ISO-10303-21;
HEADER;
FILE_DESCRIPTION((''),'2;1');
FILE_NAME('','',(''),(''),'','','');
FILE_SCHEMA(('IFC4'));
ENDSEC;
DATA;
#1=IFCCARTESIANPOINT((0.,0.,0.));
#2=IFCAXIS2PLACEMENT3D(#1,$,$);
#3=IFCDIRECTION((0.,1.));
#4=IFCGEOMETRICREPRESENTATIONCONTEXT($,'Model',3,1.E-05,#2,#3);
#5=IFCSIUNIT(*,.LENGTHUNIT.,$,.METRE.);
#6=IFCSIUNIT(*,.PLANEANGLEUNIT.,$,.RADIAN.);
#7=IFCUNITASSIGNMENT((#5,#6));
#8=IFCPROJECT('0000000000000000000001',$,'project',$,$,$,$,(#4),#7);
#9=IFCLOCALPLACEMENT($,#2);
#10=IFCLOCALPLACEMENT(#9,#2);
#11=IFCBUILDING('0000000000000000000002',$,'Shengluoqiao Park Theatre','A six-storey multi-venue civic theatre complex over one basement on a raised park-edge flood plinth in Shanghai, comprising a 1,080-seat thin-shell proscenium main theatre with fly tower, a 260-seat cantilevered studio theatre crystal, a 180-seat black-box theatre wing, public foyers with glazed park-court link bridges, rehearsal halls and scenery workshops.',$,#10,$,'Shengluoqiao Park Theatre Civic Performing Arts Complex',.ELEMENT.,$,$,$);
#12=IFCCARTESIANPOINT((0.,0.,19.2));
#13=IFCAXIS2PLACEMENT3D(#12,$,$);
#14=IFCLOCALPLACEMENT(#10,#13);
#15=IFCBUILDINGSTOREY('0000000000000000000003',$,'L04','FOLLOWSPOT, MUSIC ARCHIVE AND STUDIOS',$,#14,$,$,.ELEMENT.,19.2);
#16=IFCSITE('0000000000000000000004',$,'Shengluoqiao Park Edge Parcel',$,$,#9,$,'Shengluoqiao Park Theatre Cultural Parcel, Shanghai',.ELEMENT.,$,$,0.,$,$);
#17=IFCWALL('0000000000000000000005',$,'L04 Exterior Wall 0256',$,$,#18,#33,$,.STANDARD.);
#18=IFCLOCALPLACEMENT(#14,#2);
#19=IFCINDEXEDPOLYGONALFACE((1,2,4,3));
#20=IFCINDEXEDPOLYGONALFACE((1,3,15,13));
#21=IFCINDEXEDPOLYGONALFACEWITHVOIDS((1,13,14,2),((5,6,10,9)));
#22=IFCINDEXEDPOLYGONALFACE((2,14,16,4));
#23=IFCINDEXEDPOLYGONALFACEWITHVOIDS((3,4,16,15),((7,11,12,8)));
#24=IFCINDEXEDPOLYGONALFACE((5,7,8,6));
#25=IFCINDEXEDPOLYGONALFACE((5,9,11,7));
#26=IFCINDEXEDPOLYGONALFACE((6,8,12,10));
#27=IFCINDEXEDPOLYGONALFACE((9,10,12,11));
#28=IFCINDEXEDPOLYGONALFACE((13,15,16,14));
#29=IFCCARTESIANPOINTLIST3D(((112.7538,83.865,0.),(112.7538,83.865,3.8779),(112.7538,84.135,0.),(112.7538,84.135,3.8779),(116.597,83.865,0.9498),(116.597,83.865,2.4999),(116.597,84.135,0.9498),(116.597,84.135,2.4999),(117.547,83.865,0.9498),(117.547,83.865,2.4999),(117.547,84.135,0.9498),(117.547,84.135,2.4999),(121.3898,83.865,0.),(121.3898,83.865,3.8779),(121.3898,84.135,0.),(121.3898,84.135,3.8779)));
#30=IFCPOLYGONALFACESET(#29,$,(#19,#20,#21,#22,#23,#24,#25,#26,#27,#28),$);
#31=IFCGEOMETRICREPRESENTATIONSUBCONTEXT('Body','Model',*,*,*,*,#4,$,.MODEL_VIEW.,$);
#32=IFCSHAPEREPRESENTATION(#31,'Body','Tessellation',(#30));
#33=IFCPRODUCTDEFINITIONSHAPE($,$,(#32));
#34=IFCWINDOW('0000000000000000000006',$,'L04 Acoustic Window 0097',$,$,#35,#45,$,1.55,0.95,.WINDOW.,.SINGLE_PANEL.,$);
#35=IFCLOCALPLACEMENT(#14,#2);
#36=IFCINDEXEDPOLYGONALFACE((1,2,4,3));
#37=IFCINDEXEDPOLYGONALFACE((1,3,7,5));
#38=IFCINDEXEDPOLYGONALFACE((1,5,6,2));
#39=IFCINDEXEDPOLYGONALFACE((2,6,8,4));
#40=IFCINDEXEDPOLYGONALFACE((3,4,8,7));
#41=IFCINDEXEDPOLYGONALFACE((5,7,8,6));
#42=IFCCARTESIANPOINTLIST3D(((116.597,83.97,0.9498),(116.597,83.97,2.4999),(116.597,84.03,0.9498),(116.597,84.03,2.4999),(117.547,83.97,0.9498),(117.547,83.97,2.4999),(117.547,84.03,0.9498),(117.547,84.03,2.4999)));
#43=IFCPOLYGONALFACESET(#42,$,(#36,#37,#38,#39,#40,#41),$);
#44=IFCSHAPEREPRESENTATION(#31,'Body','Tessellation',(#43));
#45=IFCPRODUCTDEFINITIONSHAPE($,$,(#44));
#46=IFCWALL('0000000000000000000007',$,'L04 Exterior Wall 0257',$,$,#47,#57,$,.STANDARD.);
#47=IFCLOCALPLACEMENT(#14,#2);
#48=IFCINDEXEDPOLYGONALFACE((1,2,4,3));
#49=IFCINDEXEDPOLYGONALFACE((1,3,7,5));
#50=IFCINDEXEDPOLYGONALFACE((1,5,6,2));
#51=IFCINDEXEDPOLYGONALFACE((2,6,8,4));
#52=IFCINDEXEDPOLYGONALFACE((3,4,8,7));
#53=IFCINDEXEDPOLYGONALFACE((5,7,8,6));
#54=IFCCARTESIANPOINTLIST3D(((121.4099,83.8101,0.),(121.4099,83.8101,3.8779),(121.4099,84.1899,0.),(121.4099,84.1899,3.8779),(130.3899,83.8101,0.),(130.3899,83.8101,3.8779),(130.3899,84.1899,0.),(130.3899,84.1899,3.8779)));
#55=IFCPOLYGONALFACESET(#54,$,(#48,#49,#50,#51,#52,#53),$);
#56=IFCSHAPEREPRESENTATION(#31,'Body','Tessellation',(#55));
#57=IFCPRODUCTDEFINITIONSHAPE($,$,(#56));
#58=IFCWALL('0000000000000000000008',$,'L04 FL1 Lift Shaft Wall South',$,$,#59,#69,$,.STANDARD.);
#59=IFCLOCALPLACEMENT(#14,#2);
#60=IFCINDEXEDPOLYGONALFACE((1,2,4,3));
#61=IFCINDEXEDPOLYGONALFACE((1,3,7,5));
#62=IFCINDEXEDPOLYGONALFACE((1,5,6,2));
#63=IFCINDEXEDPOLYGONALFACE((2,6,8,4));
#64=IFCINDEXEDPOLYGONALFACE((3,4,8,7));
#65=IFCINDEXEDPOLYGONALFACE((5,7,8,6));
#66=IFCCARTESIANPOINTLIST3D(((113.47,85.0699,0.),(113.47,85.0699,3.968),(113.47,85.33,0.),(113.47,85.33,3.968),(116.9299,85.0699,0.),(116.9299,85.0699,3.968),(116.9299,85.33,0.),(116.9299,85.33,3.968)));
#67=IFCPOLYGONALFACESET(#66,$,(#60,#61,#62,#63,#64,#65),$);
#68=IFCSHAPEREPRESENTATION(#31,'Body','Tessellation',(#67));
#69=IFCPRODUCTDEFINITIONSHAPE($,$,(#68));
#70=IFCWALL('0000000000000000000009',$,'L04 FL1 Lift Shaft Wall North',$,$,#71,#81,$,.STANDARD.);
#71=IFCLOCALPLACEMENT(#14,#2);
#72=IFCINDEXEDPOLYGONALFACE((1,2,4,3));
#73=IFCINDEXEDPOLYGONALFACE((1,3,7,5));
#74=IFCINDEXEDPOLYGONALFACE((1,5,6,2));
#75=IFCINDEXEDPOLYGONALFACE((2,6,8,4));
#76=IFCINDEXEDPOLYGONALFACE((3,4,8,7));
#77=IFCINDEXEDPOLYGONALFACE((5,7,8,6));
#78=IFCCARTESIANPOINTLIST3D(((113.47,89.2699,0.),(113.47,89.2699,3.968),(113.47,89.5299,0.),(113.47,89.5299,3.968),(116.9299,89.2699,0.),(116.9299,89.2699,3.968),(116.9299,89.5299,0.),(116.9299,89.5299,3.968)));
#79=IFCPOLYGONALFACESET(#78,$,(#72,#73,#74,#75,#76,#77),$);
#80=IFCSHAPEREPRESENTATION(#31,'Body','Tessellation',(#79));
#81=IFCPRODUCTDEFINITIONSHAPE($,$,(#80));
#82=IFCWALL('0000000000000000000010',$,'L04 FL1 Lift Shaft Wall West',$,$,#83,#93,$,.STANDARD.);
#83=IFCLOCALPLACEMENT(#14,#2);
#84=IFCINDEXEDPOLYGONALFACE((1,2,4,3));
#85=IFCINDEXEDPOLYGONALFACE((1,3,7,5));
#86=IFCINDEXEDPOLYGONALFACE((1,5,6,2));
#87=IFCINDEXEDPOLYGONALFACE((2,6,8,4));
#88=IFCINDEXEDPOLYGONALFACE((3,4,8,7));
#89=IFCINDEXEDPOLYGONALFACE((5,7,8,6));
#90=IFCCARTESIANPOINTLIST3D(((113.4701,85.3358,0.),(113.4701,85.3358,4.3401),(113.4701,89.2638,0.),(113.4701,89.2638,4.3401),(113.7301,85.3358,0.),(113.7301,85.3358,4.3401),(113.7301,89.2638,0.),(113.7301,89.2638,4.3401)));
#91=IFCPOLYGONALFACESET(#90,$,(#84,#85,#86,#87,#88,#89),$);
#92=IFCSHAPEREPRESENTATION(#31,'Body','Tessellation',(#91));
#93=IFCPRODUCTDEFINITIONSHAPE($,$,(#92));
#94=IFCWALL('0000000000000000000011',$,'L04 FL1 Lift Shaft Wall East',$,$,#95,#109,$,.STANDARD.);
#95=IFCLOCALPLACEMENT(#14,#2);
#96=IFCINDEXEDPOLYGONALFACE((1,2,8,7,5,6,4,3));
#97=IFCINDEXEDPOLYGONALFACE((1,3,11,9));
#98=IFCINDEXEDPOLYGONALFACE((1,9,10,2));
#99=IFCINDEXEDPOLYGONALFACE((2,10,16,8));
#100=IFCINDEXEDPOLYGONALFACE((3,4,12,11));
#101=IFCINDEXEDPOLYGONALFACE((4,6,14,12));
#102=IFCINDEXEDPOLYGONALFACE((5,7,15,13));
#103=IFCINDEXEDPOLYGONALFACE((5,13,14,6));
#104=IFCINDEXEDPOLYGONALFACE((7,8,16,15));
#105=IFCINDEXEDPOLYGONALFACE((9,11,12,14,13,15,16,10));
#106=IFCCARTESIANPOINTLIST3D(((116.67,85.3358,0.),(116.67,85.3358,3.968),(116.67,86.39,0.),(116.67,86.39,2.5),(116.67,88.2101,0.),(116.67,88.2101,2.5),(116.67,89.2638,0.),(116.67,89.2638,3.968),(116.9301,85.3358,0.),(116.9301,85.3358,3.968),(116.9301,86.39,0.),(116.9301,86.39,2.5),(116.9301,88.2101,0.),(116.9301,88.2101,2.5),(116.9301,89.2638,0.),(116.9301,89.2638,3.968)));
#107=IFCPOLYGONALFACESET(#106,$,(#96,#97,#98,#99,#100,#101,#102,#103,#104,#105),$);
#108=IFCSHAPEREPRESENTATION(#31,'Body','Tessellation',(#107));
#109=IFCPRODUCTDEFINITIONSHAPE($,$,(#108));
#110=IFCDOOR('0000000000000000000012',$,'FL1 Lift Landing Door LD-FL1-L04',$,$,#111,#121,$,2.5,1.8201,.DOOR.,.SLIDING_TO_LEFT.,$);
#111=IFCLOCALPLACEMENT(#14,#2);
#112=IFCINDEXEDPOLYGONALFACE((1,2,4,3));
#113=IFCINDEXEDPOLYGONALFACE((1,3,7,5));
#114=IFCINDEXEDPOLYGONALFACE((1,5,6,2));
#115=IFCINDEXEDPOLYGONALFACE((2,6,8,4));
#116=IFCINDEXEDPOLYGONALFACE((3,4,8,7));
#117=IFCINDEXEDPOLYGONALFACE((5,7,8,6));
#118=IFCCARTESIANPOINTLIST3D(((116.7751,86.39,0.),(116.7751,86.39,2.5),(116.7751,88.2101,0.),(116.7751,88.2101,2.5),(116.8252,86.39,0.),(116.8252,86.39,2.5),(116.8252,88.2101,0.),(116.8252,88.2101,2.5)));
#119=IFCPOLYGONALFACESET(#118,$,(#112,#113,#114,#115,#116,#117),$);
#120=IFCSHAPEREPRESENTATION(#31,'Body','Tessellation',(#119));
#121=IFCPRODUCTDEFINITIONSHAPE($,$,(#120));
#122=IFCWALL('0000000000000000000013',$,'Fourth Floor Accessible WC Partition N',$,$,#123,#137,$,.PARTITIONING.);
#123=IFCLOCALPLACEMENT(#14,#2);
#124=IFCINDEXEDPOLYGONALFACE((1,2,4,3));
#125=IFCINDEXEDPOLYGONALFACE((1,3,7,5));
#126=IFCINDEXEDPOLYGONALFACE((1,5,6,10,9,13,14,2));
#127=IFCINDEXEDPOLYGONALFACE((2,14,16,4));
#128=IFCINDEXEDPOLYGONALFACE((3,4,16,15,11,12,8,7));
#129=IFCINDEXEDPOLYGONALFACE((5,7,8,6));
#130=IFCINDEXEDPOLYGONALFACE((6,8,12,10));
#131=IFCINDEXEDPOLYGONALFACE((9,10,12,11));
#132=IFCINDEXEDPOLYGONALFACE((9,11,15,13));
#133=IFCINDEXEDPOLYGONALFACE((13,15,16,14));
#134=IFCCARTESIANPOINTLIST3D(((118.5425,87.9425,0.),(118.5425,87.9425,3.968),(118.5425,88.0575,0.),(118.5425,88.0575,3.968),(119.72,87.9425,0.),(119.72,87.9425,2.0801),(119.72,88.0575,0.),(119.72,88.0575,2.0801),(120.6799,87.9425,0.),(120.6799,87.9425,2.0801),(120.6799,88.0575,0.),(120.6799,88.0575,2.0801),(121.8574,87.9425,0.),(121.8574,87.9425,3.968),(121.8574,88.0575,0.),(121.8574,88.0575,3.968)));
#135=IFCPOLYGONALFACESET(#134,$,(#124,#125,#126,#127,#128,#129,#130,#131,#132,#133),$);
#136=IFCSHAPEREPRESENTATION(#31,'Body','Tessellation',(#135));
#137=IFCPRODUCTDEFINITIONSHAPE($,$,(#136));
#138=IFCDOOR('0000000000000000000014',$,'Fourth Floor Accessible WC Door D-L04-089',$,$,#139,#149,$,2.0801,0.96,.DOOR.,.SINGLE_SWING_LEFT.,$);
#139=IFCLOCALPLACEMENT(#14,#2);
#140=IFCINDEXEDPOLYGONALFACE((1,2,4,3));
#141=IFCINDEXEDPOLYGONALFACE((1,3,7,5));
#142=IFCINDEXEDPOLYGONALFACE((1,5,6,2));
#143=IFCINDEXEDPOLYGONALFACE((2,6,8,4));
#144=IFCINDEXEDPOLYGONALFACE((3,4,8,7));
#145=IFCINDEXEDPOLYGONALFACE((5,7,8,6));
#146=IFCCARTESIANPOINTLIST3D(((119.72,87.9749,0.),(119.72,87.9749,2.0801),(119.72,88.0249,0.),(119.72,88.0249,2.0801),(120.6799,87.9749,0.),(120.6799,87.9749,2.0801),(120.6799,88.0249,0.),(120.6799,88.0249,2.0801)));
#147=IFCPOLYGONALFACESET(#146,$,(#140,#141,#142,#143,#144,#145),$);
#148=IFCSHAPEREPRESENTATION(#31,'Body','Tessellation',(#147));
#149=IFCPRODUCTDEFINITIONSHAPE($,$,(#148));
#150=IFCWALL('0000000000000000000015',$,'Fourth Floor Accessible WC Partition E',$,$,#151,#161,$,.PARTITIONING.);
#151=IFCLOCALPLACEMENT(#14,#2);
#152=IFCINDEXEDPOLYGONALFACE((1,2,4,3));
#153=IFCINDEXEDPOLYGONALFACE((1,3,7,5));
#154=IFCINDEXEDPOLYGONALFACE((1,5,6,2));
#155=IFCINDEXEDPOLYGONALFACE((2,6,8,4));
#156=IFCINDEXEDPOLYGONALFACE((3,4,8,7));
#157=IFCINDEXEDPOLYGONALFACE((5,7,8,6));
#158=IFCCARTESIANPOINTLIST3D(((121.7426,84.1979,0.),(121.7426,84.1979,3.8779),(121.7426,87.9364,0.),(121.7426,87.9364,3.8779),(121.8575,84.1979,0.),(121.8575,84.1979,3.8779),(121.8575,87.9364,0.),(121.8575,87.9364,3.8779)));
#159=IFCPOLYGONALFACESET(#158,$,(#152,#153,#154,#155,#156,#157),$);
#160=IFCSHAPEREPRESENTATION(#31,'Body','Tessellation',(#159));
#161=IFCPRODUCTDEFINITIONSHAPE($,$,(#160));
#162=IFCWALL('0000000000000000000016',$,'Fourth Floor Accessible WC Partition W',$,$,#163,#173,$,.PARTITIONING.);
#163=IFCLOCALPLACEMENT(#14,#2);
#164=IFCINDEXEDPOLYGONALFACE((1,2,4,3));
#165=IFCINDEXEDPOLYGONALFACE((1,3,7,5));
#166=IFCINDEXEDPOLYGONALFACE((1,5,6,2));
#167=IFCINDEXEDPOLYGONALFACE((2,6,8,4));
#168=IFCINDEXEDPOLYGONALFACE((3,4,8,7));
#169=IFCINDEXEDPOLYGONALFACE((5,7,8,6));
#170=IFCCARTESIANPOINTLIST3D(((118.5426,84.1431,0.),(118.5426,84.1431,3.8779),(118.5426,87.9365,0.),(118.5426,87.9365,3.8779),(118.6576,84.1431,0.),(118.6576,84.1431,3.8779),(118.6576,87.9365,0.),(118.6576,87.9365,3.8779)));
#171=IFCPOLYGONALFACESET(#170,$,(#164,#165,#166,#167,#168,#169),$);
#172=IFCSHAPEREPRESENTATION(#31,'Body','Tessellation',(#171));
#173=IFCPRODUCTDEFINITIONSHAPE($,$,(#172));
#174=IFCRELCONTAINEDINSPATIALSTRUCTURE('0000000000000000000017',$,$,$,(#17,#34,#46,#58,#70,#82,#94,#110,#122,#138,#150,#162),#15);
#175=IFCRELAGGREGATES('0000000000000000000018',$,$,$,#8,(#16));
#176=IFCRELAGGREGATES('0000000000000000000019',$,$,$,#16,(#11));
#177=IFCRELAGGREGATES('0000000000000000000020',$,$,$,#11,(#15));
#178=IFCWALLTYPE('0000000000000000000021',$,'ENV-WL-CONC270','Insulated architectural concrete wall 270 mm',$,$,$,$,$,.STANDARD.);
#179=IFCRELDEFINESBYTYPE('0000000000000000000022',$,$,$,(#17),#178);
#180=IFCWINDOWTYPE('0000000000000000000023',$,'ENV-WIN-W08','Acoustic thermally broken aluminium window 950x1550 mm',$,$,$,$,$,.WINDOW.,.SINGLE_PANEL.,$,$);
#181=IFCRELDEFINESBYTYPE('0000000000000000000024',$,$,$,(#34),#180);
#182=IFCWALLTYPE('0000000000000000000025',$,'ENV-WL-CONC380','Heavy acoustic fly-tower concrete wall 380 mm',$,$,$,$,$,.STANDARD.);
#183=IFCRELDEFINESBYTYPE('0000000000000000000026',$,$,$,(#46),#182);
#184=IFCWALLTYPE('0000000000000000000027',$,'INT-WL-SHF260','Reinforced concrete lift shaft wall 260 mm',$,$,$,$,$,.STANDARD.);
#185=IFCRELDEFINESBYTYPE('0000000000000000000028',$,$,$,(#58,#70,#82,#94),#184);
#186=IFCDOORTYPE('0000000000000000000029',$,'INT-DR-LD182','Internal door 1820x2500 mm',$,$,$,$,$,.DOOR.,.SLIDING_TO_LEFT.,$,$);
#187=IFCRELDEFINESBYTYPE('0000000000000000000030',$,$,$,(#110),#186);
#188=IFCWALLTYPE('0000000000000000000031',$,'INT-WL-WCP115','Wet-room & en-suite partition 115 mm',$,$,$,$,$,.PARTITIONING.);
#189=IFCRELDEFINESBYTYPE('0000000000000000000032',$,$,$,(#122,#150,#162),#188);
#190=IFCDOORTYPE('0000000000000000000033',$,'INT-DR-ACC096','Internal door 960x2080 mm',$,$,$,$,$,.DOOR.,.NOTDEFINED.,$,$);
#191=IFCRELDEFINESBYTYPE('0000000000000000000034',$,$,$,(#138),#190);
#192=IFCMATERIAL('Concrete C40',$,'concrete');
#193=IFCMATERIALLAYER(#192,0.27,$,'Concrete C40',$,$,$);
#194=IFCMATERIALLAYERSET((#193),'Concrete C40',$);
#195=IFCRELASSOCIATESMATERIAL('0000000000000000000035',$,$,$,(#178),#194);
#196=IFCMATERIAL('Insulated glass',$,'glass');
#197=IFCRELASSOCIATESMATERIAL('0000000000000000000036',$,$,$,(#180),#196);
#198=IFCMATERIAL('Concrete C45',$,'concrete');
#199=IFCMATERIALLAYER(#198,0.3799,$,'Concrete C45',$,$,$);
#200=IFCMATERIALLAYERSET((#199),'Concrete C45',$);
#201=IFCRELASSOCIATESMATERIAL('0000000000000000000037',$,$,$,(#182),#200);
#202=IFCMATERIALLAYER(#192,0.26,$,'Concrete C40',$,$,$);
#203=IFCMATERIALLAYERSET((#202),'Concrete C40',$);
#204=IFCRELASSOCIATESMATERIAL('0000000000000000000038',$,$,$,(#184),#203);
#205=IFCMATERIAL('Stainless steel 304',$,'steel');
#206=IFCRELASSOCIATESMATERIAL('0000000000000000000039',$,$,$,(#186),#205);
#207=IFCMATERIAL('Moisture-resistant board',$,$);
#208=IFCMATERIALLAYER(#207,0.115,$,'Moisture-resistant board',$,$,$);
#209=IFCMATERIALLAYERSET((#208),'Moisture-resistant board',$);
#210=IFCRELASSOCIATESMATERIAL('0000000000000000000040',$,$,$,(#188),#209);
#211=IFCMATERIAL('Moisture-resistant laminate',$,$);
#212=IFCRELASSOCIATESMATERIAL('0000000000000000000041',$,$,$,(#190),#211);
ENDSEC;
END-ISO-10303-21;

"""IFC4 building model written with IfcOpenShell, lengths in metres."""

from ifc_helpers import new_model, si_unit, direction, frame, frame_2d, origin, place, context, subcontext, project, spatial, rectangle, extrude, material, layer, layer_set, type_object, element, fill, save


model = new_model("IFC4")

# Units and contexts
model_context = context("Model", 3, precision=1e-05, world=origin(), true_north=direction((0.0, 1.0)))
body_context = subcontext(model_context, "Body", "Model", "MODEL_VIEW")
ifc_project = project(units=[si_unit("LENGTHUNIT", "METRE"), si_unit("PLANEANGLEUNIT", "RADIAN")], contexts=[model_context])

# Site, building, storey
site_placement = place(None, origin())
site = spatial("IfcSite", under=ifc_project, at=site_placement, Name="Shengluoqiao Park Edge Parcel", LongName="Shengluoqiao Park Theatre Cultural Parcel, Shanghai", CompositionType="ELEMENT", RefElevation=0.0)
building_placement = place(site_placement, origin())
building = spatial("IfcBuilding", under=site, at=building_placement, Name="Shengluoqiao Park Theatre", Description="A six-storey multi-venue civic theatre complex over one basement on a raised park-edge flood plinth in Shanghai, comprising a 1,080-seat thin-shell proscenium main theatre with fly tower, a 260-seat cantilevered studio theatre crystal, a 180-seat black-box theatre wing, public foyers with glazed park-court link bridges, rehearsal halls and scenery workshops.", LongName="Shengluoqiao Park Theatre Civic Performing Arts Complex", CompositionType="ELEMENT")
storey_placement = place(building_placement, frame((0.0, 0.0, 19.2)))
storey = spatial("IfcBuildingStorey", under=building, at=storey_placement, Name="L04", Description="FOLLOWSPOT, MUSIC ARCHIVE AND STUDIOS", CompositionType="ELEMENT", Elevation=19.2)

# Wall, opening, window
ifc_material_1 = material(Name="Concrete C40", Category="concrete")
ifc_layer_1 = layer(ifc_material_1, 0.27, Name="Concrete C40")
ifc_layer_set_1 = layer_set([ifc_layer_1], Name="Concrete C40")
wall_type_1 = type_object("IfcWallType", Name="ENV-WL-CONC270", Description="Insulated architectural concrete wall 270 mm", PredefinedType="STANDARD", material=ifc_layer_set_1)
wall_1_placement = place(storey_placement, frame((112.7539, 84.0, 0.0), z_axis=(0.0, 0.0, 1.0), x_axis=(1.0, 0.0, 0.0)))
wall_1 = element("IfcWall", 1, at=wall_1_placement, inside=storey, type_object=wall_type_1, Name="L04 Exterior Wall 0256", PredefinedType="STANDARD", context=body_context, shape_type="SweptSolid", body=[
    extrude(rectangle(XDim=8.636, YDim=0.27, at=frame_2d((4.3179, 0.0))), origin(), (0.0, 0.0, 1.0), 3.8779),
])
opening_1_placement = place(wall_1_placement, frame((3.843, 0.0, 0.95)))
opening_1 = element("IfcOpeningElement", 2, at=opening_1_placement, cuts=wall_1, PredefinedType="OPENING", context=body_context, shape_type="SweptSolid", body=[
    extrude(rectangle(XDim=0.95, YDim=1.55, at=frame_2d((0.4751, 0.7749))), frame((0.0, 0.145, 0.0), z_axis=(0.0, -1.0, 0.0), x_axis=(1.0, 0.0, 0.0)), (0.0, 0.0, 1.0), 0.29),
])
ifc_material_2 = material(Name="Insulated glass", Category="glass")
window_type = type_object("IfcWindowType", Name="ENV-WIN-W08", Description="Acoustic thermally broken aluminium window 950x1550 mm", PartitioningType="SINGLE_PANEL", PredefinedType="WINDOW", material=ifc_material_2)
window_placement = place(opening_1_placement, origin())
window = element("IfcWindow", 3, at=window_placement, inside=storey, type_object=window_type, Name="L04 Acoustic Window 0097", OverallHeight=1.55, OverallWidth=0.95, PartitioningType="SINGLE_PANEL", PredefinedType="WINDOW", context=body_context, shape_type="SweptSolid", body=[
    extrude(rectangle(XDim=0.95, YDim=1.55, at=frame_2d((0.4751, 0.7749))), frame((0.0, 0.03, 0.0), z_axis=(0.0, -1.0, 0.0), x_axis=(1.0, 0.0, 0.0)), (0.0, 0.0, 1.0), 0.0601),
])
fill(opening_1, window)

# Walls
ifc_material_3 = material(Name="Concrete C45", Category="concrete")
ifc_layer_2 = layer(ifc_material_3, 0.3799, Name="Concrete C45")
ifc_layer_set_2 = layer_set([ifc_layer_2], Name="Concrete C45")
wall_type_2 = type_object("IfcWallType", Name="ENV-WL-CONC380", Description="Heavy acoustic fly-tower concrete wall 380 mm", PredefinedType="STANDARD", material=ifc_layer_set_2)
wall_2_placement = place(storey_placement, frame((121.4099, 84.0, 0.0), z_axis=(0.0, 0.0, 1.0), x_axis=(1.0, 0.0, 0.0)))
element("IfcWall", 4, at=wall_2_placement, inside=storey, type_object=wall_type_2, Name="L04 Exterior Wall 0257", PredefinedType="STANDARD", context=body_context, shape_type="SweptSolid", body=[
    extrude(rectangle(XDim=8.98, YDim=0.3799, at=frame_2d((4.49, 0.0))), origin(), (0.0, 0.0, 1.0), 3.8779),
])
ifc_layer_3 = layer(ifc_material_1, 0.26, Name="Concrete C40")
ifc_layer_set_3 = layer_set([ifc_layer_3], Name="Concrete C40")
wall_type_3 = type_object("IfcWallType", Name="INT-WL-SHF260", Description="Reinforced concrete lift shaft wall 260 mm", PredefinedType="STANDARD", material=ifc_layer_set_3)
for number, where, z_axis, x_axis, name in (
    (5, (113.47, 85.2, 0.0), (0.0, 0.0, 1.0), (1.0, 0.0, 0.0), "L04 FL1 Lift Shaft Wall South"),
    (6, (113.47, 89.3999, 0.0), (0.0, 0.0, 1.0), (1.0, 0.0, 0.0), "L04 FL1 Lift Shaft Wall North"),
):
    element("IfcWall", number, at=place(storey_placement, frame(where, z_axis=z_axis, x_axis=x_axis)), inside=storey, type_object=wall_type_3, Name=name, PredefinedType="STANDARD", context=body_context, shape_type="SweptSolid", body=[
        extrude(rectangle(XDim=3.46, YDim=0.26, at=frame_2d((1.73, 0.0))), origin(), (0.0, 0.0, 1.0), 3.968),
    ])
wall_3_placement = place(storey_placement, frame((113.6001, 85.3359, 0.0), z_axis=(0.0, 0.0, 1.0), x_axis=(0.0, 1.0, 0.0)))
element("IfcWall", 7, at=wall_3_placement, inside=storey, type_object=wall_type_3, Name="L04 FL1 Lift Shaft Wall West", PredefinedType="STANDARD", context=body_context, shape_type="SweptSolid", body=[
    extrude(rectangle(XDim=3.928, YDim=0.26, at=frame_2d((1.9639, 0.0))), origin(), (0.0, 0.0, 1.0), 4.3401),
])

# Walls, openings, doors
wall_4_placement = place(storey_placement, frame((116.8, 85.3359, 0.0), z_axis=(0.0, 0.0, 1.0), x_axis=(0.0, 1.0, 0.0)))
wall_4 = element("IfcWall", 8, at=wall_4_placement, inside=storey, type_object=wall_type_3, Name="L04 FL1 Lift Shaft Wall East", PredefinedType="STANDARD", context=body_context, shape_type="SweptSolid", body=[
    extrude(rectangle(XDim=3.928, YDim=0.26, at=frame_2d((1.9639, 0.0))), origin(), (0.0, 0.0, 1.0), 3.968),
])
opening_2_placement = place(wall_4_placement, frame((1.054, 0.0, 0.0)))
opening_2 = element("IfcOpeningElement", 9, at=opening_2_placement, cuts=wall_4, PredefinedType="OPENING", context=body_context, shape_type="SweptSolid", body=[
    extrude(rectangle(XDim=1.8201, YDim=2.5, at=frame_2d((0.9102, 1.25))), frame((0.0, 0.1399, 0.0), z_axis=(0.0, -1.0, 0.0), x_axis=(1.0, 0.0, 0.0)), (0.0, 0.0, 1.0), 0.28),
])
ifc_material_4 = material(Name="Stainless steel 304", Category="steel")
door_type_1 = type_object("IfcDoorType", Name="INT-DR-LD182", Description="Internal door 1820x2500 mm", OperationType="SLIDING_TO_LEFT", PredefinedType="DOOR", material=ifc_material_4)
door_1_placement = place(opening_2_placement, origin())
door_1 = element("IfcDoor", 10, at=door_1_placement, inside=storey, type_object=door_type_1, Name="FL1 Lift Landing Door LD-FL1-L04", OperationType="SLIDING_TO_LEFT", OverallHeight=2.5, OverallWidth=1.8201, PredefinedType="DOOR", context=body_context, shape_type="SweptSolid", body=[
    extrude(rectangle(XDim=1.8201, YDim=2.5, at=frame_2d((0.9102, 1.25))), frame((0.0, 0.0249, 0.0), z_axis=(0.0, -1.0, 0.0), x_axis=(1.0, 0.0, 0.0)), (0.0, 0.0, 1.0), 0.05),
])
fill(opening_2, door_1)
ifc_material_5 = material(Name="Moisture-resistant board")
ifc_layer_4 = layer(ifc_material_5, 0.115, Name="Moisture-resistant board")
ifc_layer_set_4 = layer_set([ifc_layer_4], Name="Moisture-resistant board")
wall_type_4 = type_object("IfcWallType", Name="INT-WL-WCP115", Description="Wet-room & en-suite partition 115 mm", PredefinedType="PARTITIONING", material=ifc_layer_set_4)
wall_5_placement = place(storey_placement, frame((118.5425, 88.0, 0.0), z_axis=(0.0, 0.0, 1.0), x_axis=(1.0, 0.0, 0.0)))
wall_5 = element("IfcWall", 11, at=wall_5_placement, inside=storey, type_object=wall_type_4, Name="Fourth Floor Accessible WC Partition N", PredefinedType="PARTITIONING", context=body_context, shape_type="SweptSolid", body=[
    extrude(rectangle(XDim=3.3149, YDim=0.115, at=frame_2d((1.6575, 0.0))), origin(), (0.0, 0.0, 1.0), 3.968),
])
opening_3_placement = place(wall_5_placement, frame((1.1775, 0.0, 0.0)))
opening_3 = element("IfcOpeningElement", 12, at=opening_3_placement, cuts=wall_5, PredefinedType="OPENING", context=body_context, shape_type="SweptSolid", body=[
    extrude(rectangle(XDim=0.96, YDim=2.0801, at=frame_2d((0.48, 1.04))), frame((0.0, 0.0674, 0.0), z_axis=(0.0, -1.0, 0.0), x_axis=(1.0, 0.0, 0.0)), (0.0, 0.0, 1.0), 0.135),
])
ifc_material_6 = material(Name="Moisture-resistant laminate")
door_type_2 = type_object("IfcDoorType", Name="INT-DR-ACC096", Description="Internal door 960x2080 mm", OperationType="NOTDEFINED", PredefinedType="DOOR", material=ifc_material_6)
door_2_placement = place(opening_3_placement, origin())
door_2 = element("IfcDoor", 13, at=door_2_placement, inside=storey, type_object=door_type_2, Name="Fourth Floor Accessible WC Door D-L04-089", OperationType="SINGLE_SWING_LEFT", OverallHeight=2.0801, OverallWidth=0.96, PredefinedType="DOOR", context=body_context, shape_type="SweptSolid", body=[
    extrude(rectangle(XDim=0.96, YDim=2.0801, at=frame_2d((0.48, 1.04))), frame((0.0, 0.0249, 0.0), z_axis=(0.0, -1.0, 0.0), x_axis=(1.0, 0.0, 0.0)), (0.0, 0.0, 1.0), 0.05),
])
fill(opening_3, door_2)

# Walls
wall_6_placement = place(storey_placement, frame((121.8, 84.198, 0.0), z_axis=(0.0, 0.0, 1.0), x_axis=(0.0, 1.0, 0.0)))
element("IfcWall", 14, at=wall_6_placement, inside=storey, type_object=wall_type_4, Name="Fourth Floor Accessible WC Partition E", PredefinedType="PARTITIONING", context=body_context, shape_type="SweptSolid", body=[
    extrude(rectangle(XDim=3.7385, YDim=0.115, at=frame_2d((1.8691, 0.0))), origin(), (0.0, 0.0, 1.0), 3.8779),
])
wall_7_placement = place(storey_placement, frame((118.6001, 84.1431, 0.0), z_axis=(0.0, 0.0, 1.0), x_axis=(0.0, 1.0, 0.0)))
element("IfcWall", 15, at=wall_7_placement, inside=storey, type_object=wall_type_4, Name="Fourth Floor Accessible WC Partition W", PredefinedType="PARTITIONING", context=body_context, shape_type="SweptSolid", body=[
    extrude(rectangle(XDim=3.7935, YDim=0.115, at=frame_2d((1.8967, 0.0))), origin(), (0.0, 0.0, 1.0), 3.8779),
])

save(model, "model.ifc")
